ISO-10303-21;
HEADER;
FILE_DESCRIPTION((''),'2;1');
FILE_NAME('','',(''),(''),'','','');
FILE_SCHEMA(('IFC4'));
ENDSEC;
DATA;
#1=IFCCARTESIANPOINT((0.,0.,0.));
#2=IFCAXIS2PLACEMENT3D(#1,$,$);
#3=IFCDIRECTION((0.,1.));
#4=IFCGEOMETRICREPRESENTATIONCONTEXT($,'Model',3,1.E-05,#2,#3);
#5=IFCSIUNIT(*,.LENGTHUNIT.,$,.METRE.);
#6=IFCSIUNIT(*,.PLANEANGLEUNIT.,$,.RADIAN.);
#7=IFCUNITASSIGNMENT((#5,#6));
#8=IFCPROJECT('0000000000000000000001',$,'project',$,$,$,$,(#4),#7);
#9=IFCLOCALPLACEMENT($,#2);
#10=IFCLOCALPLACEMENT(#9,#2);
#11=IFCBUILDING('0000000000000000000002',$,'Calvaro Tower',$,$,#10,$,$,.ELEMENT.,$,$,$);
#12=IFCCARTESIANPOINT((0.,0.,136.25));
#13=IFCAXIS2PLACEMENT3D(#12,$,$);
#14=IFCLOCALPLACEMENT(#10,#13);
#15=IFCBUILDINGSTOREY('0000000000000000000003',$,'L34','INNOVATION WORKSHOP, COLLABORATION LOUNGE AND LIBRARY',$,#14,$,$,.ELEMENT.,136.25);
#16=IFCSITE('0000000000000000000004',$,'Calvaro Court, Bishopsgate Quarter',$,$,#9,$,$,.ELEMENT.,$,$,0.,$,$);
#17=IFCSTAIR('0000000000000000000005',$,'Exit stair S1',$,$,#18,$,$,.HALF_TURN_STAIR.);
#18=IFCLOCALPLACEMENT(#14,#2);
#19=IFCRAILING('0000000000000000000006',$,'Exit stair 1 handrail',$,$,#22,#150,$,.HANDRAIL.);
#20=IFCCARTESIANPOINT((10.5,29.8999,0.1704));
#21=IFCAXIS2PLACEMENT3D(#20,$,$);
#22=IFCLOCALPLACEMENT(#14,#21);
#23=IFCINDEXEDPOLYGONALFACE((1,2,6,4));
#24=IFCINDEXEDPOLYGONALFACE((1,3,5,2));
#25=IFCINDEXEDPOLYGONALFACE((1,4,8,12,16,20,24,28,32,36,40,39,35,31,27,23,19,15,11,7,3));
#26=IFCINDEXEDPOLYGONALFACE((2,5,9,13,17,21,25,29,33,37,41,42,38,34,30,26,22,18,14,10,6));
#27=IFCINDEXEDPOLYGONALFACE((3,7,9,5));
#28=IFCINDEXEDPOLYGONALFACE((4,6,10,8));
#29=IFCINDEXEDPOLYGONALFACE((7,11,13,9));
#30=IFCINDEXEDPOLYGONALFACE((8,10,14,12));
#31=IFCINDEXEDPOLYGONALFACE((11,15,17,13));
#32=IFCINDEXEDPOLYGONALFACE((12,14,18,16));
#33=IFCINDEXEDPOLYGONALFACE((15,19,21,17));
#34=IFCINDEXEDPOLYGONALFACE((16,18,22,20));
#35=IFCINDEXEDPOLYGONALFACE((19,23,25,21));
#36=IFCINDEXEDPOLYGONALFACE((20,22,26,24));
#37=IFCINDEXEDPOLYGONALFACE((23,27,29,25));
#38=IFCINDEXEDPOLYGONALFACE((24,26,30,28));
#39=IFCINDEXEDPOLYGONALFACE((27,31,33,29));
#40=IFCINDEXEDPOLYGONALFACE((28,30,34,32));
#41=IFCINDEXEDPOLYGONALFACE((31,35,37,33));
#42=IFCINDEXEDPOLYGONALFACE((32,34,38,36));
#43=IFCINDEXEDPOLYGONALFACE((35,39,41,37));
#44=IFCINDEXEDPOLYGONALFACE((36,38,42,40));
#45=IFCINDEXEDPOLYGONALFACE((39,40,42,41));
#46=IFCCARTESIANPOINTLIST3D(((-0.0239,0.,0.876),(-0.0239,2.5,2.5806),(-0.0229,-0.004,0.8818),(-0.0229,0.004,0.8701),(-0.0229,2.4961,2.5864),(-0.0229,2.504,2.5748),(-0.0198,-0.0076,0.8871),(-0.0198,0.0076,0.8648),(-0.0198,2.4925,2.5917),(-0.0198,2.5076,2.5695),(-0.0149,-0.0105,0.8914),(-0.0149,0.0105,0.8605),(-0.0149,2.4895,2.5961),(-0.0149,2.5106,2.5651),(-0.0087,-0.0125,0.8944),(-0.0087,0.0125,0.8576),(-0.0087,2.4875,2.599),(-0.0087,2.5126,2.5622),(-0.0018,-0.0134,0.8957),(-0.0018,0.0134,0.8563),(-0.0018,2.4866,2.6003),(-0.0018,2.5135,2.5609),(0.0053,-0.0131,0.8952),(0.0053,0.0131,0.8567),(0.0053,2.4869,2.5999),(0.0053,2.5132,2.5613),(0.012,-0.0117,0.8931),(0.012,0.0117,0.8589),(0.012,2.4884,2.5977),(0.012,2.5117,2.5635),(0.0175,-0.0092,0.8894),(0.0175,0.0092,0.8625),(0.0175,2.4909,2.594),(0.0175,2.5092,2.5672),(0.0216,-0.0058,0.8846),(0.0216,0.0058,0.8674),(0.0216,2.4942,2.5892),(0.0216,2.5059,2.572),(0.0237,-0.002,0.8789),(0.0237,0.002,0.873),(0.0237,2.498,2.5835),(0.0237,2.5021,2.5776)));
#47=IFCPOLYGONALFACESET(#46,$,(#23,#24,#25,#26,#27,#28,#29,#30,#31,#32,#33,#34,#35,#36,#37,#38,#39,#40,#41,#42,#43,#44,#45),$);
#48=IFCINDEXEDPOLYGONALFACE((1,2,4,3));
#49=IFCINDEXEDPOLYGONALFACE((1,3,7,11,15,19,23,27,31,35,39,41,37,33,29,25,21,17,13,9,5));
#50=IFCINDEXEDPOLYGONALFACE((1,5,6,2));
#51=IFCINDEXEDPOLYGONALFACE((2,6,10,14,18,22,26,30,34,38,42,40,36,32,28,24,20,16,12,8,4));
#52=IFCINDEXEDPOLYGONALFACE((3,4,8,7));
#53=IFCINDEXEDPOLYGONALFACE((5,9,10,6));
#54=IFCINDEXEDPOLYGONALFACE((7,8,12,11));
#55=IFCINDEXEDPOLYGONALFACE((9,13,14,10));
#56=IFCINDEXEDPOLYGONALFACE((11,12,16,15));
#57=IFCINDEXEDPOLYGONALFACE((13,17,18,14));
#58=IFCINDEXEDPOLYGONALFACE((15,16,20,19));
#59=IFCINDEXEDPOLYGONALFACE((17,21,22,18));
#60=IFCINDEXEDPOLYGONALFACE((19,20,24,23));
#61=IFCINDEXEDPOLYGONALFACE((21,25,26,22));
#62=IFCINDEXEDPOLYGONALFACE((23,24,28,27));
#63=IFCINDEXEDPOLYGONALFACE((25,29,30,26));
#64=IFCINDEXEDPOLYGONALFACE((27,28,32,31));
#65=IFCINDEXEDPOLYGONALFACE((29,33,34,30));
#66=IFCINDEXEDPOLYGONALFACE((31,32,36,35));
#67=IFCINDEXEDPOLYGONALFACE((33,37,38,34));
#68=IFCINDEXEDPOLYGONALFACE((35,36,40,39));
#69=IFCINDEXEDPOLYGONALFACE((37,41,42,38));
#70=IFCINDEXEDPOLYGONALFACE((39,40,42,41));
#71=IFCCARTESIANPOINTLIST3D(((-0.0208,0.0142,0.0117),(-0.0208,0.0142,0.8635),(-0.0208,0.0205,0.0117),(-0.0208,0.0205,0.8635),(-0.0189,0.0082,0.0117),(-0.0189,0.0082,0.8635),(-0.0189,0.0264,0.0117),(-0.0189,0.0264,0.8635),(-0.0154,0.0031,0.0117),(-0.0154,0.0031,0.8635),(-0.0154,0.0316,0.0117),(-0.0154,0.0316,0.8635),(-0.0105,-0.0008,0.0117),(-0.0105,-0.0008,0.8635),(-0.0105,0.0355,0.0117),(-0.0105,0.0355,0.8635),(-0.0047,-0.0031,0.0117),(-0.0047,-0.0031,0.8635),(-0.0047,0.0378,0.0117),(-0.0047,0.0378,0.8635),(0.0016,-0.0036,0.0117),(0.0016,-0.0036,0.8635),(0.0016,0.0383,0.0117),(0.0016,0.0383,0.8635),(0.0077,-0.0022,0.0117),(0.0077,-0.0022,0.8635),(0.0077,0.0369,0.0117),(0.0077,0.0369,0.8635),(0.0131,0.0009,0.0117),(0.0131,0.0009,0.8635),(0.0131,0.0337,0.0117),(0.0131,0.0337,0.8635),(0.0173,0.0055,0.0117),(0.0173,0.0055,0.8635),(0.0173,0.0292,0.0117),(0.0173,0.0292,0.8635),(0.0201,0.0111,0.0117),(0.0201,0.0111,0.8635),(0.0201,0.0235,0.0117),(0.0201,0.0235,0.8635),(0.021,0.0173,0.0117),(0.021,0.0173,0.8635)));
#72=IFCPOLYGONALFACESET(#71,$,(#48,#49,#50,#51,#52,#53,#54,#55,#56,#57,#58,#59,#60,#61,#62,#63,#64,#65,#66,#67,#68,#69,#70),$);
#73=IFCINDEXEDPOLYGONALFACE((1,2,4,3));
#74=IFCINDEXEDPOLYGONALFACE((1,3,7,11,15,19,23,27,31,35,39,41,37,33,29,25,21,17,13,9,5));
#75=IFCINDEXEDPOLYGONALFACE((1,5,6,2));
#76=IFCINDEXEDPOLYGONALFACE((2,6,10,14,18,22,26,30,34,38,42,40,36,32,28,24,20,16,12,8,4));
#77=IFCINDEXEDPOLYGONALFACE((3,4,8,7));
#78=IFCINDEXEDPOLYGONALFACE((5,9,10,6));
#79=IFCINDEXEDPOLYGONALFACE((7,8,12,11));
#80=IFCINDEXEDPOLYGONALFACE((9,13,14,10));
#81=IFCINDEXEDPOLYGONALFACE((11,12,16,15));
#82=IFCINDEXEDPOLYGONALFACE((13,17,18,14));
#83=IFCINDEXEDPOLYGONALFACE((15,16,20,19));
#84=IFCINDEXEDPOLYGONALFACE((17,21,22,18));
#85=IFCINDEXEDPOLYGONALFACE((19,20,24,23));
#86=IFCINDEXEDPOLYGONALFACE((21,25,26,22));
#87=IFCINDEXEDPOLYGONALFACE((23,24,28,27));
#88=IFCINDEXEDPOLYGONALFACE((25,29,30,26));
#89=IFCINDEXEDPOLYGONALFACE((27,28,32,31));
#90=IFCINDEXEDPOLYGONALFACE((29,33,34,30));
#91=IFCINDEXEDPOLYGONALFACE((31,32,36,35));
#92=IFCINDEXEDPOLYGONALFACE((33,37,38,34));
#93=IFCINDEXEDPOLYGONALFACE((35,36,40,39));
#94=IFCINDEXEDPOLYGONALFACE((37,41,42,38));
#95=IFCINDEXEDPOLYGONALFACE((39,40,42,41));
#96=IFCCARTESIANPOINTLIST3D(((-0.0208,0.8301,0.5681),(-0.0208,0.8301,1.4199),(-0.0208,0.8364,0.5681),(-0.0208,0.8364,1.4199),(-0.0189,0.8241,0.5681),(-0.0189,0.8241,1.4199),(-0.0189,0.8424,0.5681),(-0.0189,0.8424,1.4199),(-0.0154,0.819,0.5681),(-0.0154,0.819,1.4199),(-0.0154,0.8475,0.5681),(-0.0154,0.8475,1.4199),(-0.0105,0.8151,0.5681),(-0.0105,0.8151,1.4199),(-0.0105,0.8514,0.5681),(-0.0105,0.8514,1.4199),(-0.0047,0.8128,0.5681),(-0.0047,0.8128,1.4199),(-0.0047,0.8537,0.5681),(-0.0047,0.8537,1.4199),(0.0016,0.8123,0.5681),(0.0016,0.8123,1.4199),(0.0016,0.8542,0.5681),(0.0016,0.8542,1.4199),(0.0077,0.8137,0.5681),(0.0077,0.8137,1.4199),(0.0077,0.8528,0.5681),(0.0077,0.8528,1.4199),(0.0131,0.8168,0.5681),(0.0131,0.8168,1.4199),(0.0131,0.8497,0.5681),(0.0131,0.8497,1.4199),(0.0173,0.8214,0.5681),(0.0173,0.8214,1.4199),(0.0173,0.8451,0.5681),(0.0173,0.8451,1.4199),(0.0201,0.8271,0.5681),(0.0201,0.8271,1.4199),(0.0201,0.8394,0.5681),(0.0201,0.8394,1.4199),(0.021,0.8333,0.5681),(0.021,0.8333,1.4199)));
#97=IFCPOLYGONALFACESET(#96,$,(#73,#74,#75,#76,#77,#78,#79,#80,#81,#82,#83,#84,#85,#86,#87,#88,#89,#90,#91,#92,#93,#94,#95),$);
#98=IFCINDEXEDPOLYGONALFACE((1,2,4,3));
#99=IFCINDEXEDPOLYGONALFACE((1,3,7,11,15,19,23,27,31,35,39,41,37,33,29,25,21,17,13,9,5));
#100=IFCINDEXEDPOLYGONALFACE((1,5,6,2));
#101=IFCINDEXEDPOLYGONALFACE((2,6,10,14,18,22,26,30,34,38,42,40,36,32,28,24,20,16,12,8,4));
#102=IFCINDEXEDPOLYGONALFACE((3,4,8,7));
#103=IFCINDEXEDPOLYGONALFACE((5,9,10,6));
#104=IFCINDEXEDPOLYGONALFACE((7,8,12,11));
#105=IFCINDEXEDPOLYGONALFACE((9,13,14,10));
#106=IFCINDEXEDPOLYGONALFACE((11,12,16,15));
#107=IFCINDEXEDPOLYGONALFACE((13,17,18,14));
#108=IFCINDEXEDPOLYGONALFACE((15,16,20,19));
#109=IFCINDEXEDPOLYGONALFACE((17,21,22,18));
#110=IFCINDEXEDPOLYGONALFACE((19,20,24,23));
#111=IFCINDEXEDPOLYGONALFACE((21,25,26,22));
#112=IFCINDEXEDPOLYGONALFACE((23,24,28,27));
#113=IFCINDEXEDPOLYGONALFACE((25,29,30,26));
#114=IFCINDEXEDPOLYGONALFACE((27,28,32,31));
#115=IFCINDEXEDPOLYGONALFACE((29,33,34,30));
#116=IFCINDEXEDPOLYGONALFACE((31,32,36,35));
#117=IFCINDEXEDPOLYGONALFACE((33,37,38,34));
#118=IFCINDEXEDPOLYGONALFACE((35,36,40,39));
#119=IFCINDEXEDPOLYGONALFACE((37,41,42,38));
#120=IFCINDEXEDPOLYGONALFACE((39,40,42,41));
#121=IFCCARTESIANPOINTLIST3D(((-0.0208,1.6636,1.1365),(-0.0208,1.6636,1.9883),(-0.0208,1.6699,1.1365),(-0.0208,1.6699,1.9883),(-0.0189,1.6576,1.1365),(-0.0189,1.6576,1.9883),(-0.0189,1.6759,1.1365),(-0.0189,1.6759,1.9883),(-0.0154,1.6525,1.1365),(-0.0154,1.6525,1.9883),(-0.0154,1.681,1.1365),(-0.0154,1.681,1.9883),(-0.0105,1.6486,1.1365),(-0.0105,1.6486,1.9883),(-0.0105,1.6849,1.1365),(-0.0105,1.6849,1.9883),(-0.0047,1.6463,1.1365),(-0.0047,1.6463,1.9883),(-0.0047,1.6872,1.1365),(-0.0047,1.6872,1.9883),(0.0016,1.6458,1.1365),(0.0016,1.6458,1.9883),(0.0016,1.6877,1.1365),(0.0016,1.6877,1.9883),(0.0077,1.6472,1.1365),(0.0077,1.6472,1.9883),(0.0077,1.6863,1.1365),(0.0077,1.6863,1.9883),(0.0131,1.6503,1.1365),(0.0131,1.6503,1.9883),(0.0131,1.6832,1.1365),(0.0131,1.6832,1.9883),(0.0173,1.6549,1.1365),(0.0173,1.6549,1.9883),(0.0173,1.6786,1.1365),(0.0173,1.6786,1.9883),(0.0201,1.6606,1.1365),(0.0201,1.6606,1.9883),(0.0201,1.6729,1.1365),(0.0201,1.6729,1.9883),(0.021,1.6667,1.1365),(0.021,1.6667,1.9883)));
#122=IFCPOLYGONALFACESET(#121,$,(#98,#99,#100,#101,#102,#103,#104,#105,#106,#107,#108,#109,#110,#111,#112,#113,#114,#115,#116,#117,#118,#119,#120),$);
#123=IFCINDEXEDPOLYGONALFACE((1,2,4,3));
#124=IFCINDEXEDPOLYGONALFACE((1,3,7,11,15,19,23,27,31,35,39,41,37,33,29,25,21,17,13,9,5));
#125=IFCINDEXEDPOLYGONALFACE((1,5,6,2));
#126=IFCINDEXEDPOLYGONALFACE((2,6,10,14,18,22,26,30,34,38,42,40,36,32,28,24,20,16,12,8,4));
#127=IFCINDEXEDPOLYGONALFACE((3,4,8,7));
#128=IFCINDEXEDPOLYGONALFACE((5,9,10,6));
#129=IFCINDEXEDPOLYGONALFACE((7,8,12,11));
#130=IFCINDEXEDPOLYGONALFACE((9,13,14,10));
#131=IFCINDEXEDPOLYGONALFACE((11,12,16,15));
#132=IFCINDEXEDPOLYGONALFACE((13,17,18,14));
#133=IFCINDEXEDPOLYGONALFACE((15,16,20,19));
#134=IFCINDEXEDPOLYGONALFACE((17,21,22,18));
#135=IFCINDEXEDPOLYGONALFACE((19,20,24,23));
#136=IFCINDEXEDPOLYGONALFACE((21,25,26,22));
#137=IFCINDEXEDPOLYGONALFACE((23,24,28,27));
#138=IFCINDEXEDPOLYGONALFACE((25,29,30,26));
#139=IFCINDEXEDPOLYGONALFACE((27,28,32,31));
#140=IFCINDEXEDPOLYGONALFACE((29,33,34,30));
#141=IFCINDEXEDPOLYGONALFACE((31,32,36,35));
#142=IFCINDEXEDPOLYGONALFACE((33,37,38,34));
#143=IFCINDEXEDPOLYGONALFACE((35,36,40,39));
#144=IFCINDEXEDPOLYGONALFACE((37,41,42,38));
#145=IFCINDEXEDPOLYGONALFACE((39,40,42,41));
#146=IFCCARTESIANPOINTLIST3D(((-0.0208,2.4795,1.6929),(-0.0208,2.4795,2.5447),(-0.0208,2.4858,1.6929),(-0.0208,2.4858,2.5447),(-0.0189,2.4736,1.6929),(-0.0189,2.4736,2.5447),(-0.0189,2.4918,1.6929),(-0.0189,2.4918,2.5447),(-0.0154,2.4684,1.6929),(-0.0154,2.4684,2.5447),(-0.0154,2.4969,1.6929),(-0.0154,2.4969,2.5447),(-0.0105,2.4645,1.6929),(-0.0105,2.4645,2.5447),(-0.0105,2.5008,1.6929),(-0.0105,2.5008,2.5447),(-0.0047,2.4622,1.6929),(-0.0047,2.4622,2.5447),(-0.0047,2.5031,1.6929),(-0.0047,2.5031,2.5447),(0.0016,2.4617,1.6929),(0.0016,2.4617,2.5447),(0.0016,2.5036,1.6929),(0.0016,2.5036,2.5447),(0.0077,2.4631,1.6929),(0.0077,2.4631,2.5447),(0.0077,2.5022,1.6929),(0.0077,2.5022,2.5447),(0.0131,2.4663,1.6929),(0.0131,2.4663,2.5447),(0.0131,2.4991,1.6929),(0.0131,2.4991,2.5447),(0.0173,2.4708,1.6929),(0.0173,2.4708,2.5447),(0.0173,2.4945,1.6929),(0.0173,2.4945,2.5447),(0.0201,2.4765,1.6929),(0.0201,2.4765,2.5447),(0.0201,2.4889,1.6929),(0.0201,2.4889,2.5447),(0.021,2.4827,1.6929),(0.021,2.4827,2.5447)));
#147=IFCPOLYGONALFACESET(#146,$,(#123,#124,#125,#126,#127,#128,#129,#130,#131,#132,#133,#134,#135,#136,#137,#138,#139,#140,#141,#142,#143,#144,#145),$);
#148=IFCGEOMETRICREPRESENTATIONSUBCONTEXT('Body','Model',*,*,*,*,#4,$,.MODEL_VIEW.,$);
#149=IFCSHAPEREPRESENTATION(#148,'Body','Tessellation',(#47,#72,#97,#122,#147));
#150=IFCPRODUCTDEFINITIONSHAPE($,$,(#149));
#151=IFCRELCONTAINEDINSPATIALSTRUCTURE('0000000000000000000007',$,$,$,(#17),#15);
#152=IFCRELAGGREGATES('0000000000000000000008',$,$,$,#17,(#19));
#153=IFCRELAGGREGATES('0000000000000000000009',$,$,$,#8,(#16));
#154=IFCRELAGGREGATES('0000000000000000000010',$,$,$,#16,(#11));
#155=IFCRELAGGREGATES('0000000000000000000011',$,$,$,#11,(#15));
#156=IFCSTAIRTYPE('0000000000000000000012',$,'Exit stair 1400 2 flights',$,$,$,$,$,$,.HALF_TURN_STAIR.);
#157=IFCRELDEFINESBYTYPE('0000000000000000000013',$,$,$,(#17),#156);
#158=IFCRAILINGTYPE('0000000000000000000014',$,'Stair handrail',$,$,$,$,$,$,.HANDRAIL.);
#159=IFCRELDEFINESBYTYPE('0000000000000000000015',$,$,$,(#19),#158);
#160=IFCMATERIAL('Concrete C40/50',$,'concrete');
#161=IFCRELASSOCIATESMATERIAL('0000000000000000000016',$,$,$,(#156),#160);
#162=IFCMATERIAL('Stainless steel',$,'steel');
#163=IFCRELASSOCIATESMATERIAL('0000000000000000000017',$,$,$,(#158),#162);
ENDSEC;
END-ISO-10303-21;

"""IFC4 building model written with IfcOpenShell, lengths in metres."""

from ifc_helpers import new_model, si_unit, direction, frame, origin, origin_2d, place, context, subcontext, project, spatial, circle, extrude, material, type_object, element, aggregate, save


model = new_model("IFC4")

# Units and contexts
model_context = context("Model", 3, precision=1e-05, world=origin(), true_north=direction((0.0, 1.0)))
body_context = subcontext(model_context, "Body", "Model", "MODEL_VIEW")
ifc_project = project(units=[si_unit("LENGTHUNIT", "METRE"), si_unit("PLANEANGLEUNIT", "RADIAN")], contexts=[model_context])

# Site, building, storey
site_placement = place(None, origin())
site = spatial("IfcSite", under=ifc_project, at=site_placement, Name="Calvaro Court, Bishopsgate Quarter", CompositionType="ELEMENT", RefElevation=0.0)
building_placement = place(site_placement, origin())
building = spatial("IfcBuilding", under=site, at=building_placement, Name="Calvaro Tower", CompositionType="ELEMENT")
storey_placement = place(building_placement, frame((0.0, 0.0, 136.25)))
storey = spatial("IfcBuildingStorey", under=building, at=storey_placement, Name="L34", Description="INNOVATION WORKSHOP, COLLABORATION LOUNGE AND LIBRARY", CompositionType="ELEMENT", Elevation=136.25)

# Stair, railing
ifc_material_1 = material(Name="Concrete C40/50", Category="concrete")
stair_type = type_object("IfcStairType", Name="Exit stair 1400 2 flights", PredefinedType="HALF_TURN_STAIR", material=ifc_material_1)
stair_placement = place(storey_placement, origin())
stair = element("IfcStair", 1, at=stair_placement, inside=storey, type_object=stair_type, Name="Exit stair S1", PredefinedType="HALF_TURN_STAIR")
ifc_material_2 = material(Name="Stainless steel", Category="steel")
railing_type = type_object("IfcRailingType", Name="Stair handrail", PredefinedType="HANDRAIL", material=ifc_material_2)
railing_1_placement = place(storey_placement, frame((10.5, 29.8999, 0.1704)))
railing_1 = element("IfcRailing", 2, at=railing_1_placement, type_object=railing_type, Name="Exit stair 1 handrail", PredefinedType="HANDRAIL", context=body_context, shape_type="SweptSolid", body=[
    extrude(circle(Radius=0.0239, at=origin_2d()), frame((0.0, 0.0, 0.876), z_axis=(0.0, 0.826221, 0.563347), x_axis=(-1.0, 0.0, 0.0)), (0.0, 0.0, 1.0), 3.0259),
    extrude(circle(Radius=0.021, at=origin_2d()), frame((0.0, 0.0173, 0.0117)), (0.0, 0.0, 1.0), 0.8518),
    extrude(circle(Radius=0.021, at=origin_2d()), frame((0.0, 0.8333, 0.5681)), (0.0, 0.0, 1.0), 0.8518),
    extrude(circle(Radius=0.021, at=origin_2d()), frame((0.0, 1.6667, 1.1365)), (0.0, 0.0, 1.0), 0.8518),
    extrude(circle(Radius=0.021, at=origin_2d()), frame((0.0, 2.4827, 1.6929)), (0.0, 0.0, 1.0), 0.8518),
])
aggregate(stair, [railing_1])

save(model, "model.ifc")
